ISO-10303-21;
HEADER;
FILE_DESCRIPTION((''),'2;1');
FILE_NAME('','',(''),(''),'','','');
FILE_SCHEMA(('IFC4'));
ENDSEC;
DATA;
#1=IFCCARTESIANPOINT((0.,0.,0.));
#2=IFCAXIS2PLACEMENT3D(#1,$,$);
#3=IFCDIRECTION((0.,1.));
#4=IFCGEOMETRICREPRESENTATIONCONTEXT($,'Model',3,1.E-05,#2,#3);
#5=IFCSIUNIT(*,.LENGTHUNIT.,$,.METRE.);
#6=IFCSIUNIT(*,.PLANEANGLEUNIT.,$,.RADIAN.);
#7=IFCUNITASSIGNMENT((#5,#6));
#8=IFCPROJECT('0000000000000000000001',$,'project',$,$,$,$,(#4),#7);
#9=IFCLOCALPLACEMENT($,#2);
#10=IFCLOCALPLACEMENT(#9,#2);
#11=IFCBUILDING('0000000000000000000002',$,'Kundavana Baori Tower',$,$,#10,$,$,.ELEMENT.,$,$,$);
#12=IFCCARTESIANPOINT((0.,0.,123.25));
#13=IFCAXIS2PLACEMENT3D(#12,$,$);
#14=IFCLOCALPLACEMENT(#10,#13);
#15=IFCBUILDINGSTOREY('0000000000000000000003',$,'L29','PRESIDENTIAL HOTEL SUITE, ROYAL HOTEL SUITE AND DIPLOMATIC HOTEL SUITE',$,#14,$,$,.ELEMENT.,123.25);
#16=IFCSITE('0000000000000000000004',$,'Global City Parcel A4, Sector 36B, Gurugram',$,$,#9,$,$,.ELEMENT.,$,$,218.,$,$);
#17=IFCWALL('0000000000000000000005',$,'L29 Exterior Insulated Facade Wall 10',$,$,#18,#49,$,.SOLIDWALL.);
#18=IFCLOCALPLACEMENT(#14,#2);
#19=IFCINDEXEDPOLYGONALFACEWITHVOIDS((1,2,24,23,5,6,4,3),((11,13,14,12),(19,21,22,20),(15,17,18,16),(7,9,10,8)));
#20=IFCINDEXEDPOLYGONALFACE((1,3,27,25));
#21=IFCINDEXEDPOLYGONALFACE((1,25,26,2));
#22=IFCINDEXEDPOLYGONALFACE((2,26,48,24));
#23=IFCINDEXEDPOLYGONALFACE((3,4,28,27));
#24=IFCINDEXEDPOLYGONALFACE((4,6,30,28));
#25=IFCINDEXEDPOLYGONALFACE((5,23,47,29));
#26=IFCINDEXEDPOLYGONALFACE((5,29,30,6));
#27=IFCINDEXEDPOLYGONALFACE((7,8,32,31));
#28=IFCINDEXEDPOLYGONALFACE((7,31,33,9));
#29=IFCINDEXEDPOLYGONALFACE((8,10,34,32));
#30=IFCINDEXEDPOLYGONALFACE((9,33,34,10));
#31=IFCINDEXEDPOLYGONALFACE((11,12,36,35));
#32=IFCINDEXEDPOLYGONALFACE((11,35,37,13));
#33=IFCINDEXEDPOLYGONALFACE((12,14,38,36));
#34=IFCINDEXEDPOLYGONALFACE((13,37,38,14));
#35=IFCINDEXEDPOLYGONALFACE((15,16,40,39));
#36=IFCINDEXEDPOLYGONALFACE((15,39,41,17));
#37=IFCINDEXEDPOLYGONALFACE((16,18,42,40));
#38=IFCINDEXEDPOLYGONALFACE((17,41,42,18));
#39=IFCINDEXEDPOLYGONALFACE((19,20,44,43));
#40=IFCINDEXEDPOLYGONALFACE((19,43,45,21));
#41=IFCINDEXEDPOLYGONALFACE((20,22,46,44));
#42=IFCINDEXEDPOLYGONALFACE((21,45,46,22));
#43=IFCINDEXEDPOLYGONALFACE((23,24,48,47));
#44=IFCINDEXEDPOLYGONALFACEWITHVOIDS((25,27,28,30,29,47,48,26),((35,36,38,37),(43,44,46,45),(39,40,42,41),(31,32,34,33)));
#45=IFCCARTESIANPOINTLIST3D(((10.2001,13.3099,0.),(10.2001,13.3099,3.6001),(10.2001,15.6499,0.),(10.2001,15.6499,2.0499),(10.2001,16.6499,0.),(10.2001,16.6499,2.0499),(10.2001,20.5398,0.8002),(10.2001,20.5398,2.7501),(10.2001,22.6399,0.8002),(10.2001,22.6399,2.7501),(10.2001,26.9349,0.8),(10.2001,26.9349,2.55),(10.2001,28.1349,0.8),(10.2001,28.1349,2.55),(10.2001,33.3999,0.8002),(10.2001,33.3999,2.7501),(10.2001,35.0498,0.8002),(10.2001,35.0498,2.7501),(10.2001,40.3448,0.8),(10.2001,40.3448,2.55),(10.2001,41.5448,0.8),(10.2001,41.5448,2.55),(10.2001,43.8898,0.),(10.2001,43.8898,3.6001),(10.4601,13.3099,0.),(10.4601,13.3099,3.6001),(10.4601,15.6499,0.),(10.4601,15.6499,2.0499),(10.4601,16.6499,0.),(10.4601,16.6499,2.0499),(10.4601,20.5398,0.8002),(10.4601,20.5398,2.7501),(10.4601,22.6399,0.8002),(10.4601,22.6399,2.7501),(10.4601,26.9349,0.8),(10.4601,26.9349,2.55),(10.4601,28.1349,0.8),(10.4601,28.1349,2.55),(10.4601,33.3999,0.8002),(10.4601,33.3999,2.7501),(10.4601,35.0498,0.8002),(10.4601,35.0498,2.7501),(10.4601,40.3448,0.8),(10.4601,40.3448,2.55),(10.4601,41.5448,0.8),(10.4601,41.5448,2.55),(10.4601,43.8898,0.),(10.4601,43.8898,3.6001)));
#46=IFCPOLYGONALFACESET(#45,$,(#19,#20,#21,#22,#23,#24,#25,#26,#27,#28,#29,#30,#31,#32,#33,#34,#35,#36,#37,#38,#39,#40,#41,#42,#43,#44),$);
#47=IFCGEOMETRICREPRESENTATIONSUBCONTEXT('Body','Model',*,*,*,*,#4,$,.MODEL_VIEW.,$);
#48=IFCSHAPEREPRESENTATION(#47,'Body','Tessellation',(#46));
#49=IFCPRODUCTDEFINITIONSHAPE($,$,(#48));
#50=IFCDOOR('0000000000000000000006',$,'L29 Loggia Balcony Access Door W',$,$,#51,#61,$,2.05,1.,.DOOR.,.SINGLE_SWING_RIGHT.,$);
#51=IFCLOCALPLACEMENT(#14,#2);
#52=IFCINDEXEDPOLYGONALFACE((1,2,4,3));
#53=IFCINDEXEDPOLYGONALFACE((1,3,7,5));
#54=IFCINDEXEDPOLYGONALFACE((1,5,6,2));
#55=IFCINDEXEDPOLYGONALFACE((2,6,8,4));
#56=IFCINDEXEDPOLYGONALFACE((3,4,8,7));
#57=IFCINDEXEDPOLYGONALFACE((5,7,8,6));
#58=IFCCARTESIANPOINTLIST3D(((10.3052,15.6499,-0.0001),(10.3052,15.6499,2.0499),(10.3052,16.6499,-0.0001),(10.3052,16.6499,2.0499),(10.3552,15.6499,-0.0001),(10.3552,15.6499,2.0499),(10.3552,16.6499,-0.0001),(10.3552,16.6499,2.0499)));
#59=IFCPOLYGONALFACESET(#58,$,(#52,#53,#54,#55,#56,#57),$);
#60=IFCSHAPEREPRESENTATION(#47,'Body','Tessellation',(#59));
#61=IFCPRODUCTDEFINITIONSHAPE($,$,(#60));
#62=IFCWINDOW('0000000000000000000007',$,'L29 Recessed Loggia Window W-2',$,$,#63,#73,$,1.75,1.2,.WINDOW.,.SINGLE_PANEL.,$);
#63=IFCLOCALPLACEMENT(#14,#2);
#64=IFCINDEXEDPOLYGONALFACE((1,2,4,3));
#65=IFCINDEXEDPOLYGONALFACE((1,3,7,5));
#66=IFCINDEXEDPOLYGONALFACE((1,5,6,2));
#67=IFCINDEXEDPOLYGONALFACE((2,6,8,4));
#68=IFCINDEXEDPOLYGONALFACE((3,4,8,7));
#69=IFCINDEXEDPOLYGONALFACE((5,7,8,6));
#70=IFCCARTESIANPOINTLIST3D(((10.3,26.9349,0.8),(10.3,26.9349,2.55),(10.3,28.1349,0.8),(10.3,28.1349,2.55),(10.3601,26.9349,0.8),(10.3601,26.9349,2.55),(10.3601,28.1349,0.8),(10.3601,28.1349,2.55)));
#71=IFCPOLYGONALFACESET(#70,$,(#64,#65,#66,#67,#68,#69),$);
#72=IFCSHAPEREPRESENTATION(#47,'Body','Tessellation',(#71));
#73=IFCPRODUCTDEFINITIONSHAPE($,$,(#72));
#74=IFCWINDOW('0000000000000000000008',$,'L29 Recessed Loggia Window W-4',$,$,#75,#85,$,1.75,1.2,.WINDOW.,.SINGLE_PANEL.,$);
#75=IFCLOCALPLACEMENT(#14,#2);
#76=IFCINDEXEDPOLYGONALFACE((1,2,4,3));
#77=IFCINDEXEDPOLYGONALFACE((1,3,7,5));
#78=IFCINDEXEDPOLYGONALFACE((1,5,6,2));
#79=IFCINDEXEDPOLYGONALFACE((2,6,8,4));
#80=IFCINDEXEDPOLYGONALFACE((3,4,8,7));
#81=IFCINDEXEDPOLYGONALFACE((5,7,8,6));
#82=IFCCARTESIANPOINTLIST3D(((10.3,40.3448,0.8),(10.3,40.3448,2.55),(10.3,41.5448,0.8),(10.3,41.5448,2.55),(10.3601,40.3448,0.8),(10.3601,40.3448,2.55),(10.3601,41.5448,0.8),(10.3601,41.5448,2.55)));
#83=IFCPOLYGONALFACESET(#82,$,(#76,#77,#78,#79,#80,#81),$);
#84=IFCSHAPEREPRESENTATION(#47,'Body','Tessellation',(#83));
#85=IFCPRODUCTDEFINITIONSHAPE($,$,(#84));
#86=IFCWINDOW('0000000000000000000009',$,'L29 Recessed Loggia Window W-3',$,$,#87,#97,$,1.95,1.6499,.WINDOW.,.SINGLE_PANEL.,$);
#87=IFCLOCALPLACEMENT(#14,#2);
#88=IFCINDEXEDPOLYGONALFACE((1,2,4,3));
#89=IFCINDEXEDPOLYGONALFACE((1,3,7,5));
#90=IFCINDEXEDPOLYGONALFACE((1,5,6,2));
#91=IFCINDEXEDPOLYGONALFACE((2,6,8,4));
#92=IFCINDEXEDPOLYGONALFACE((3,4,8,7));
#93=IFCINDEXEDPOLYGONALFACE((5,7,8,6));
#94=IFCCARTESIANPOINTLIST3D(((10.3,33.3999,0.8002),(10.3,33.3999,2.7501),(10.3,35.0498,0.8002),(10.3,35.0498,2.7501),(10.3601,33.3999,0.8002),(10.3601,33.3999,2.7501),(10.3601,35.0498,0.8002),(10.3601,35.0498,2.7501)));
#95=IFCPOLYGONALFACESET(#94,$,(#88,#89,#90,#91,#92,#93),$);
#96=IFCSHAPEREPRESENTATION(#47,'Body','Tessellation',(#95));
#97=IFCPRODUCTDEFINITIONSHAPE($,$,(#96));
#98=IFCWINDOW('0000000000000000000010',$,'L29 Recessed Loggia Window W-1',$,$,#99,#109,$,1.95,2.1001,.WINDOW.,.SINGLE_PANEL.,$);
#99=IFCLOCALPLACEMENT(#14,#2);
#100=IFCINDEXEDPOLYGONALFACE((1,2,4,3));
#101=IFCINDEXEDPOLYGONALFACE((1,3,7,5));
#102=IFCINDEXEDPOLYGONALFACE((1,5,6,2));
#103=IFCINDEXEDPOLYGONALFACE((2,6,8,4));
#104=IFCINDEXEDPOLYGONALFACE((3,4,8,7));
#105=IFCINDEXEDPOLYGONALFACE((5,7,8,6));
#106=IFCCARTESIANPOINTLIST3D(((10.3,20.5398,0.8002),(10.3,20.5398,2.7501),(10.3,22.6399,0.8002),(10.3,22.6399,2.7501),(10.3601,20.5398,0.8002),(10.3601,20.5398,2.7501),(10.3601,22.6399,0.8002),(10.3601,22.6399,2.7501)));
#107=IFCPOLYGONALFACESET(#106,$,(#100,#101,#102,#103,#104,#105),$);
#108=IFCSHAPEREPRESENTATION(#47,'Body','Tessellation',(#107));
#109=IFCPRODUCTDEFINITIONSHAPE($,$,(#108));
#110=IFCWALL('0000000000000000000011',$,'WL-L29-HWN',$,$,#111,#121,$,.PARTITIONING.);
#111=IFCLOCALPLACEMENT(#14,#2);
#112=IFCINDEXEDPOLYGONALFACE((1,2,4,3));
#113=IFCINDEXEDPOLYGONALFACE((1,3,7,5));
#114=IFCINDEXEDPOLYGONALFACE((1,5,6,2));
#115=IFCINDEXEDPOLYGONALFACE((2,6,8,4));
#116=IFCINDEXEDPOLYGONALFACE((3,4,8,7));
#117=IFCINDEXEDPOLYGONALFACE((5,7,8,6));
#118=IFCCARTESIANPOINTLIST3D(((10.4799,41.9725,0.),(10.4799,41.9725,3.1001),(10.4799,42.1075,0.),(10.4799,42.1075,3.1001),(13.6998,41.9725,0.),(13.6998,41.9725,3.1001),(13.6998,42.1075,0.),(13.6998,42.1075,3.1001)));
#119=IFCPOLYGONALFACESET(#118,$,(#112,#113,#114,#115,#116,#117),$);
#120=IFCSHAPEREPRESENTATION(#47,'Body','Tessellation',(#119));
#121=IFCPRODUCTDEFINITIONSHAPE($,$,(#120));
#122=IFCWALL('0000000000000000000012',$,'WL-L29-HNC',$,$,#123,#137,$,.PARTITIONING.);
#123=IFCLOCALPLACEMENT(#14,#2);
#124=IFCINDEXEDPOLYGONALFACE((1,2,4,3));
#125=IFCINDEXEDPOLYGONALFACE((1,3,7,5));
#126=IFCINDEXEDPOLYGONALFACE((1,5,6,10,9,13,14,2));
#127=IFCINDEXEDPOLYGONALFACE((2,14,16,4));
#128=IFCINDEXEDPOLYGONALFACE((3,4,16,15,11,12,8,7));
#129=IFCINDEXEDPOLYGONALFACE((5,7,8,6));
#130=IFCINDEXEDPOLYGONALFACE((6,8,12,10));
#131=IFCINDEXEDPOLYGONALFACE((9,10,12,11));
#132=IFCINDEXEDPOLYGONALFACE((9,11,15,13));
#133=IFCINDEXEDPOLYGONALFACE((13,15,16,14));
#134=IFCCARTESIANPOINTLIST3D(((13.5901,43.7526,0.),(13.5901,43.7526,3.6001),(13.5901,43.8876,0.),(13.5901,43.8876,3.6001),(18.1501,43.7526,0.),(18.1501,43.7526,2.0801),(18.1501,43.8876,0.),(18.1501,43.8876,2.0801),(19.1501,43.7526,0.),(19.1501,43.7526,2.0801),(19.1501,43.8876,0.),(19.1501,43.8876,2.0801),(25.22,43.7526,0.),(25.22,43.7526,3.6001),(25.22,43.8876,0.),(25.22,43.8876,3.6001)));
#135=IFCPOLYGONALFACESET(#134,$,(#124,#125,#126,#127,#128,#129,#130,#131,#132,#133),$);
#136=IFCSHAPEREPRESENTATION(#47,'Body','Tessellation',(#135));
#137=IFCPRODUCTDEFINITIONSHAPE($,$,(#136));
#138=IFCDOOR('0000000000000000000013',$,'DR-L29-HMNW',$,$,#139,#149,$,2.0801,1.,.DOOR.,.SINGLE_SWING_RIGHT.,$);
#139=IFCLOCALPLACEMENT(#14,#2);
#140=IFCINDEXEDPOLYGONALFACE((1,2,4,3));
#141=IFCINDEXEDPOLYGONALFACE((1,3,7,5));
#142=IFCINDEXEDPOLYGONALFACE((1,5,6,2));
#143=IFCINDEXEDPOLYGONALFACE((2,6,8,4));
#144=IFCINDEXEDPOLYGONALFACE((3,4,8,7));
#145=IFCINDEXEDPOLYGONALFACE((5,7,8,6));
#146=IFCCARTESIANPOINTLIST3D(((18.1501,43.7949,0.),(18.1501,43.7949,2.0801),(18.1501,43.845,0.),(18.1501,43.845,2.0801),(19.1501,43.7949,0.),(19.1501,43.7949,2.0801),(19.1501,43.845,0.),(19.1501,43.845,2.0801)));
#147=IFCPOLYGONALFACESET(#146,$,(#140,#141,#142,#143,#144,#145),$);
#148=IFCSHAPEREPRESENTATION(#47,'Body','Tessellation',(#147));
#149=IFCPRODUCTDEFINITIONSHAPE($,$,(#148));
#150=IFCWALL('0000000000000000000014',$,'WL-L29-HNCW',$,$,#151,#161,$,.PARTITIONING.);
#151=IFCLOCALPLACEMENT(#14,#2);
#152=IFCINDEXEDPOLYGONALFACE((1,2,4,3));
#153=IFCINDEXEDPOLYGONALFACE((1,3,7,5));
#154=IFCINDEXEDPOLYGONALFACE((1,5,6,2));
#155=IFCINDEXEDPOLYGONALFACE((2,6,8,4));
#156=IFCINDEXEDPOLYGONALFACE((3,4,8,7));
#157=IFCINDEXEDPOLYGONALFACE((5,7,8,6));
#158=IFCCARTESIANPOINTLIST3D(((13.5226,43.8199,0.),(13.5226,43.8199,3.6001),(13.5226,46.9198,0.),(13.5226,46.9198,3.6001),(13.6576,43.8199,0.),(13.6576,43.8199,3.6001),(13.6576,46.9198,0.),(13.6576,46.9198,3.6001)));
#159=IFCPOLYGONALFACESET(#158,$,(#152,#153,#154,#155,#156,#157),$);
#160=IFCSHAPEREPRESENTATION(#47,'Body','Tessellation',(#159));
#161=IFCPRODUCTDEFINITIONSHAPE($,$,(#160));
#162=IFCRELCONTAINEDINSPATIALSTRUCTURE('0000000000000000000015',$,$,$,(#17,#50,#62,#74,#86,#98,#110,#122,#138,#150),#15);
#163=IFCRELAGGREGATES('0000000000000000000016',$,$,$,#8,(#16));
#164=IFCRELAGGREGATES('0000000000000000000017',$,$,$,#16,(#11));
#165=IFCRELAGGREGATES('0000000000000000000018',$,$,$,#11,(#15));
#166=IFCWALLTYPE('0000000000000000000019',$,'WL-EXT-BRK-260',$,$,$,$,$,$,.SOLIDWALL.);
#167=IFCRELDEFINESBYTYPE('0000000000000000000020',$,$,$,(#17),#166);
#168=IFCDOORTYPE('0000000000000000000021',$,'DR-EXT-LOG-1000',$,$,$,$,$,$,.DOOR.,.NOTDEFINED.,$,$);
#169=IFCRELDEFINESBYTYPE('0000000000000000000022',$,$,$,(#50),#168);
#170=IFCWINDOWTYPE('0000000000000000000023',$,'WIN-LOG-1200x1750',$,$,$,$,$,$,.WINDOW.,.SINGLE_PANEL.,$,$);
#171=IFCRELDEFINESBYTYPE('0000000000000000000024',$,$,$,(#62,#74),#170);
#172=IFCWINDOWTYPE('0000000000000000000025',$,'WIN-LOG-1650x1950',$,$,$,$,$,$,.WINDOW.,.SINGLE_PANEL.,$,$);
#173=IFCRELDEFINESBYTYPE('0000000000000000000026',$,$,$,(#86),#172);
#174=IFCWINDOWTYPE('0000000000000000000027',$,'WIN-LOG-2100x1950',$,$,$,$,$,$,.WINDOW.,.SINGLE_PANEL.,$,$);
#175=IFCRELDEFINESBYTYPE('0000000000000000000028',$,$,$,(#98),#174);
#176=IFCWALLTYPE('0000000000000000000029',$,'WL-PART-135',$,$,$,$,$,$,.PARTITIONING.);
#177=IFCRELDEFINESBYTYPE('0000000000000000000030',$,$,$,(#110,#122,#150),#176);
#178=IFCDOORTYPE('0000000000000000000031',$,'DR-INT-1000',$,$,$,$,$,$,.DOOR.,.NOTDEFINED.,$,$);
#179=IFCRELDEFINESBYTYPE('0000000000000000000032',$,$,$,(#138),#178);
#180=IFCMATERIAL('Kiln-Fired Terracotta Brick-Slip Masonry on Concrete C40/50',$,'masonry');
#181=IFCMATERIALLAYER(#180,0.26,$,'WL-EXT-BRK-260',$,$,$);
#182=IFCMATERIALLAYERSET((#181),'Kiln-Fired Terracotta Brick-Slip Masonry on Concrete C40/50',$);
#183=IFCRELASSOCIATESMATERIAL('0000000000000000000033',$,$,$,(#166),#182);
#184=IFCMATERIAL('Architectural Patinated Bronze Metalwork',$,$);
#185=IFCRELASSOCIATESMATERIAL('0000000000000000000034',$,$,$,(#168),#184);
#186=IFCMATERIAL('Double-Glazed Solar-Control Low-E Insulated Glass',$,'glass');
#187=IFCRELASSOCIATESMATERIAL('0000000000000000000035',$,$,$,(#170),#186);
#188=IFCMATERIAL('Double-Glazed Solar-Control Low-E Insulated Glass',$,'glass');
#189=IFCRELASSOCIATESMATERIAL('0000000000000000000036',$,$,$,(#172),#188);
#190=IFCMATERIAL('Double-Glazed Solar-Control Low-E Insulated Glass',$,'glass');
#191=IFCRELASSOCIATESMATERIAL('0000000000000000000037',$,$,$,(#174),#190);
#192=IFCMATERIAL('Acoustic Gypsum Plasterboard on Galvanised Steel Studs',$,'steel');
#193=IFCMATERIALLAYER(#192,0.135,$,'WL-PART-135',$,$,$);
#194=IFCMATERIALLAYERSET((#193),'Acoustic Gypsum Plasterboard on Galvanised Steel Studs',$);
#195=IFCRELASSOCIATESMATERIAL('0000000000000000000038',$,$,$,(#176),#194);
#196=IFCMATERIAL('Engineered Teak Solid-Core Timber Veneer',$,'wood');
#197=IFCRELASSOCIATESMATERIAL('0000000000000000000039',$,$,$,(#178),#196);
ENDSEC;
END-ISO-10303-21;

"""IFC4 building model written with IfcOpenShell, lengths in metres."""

from ifc_helpers import new_model, si_unit, direction, frame, frame_2d, origin, place, context, subcontext, project, spatial, rectangle, extrude, material, layer, layer_set, type_object, element, fill, save


model = new_model("IFC4")

# Units and contexts
model_context = context("Model", 3, precision=1e-05, world=origin(), true_north=direction((0.0, 1.0)))
body_context = subcontext(model_context, "Body", "Model", "MODEL_VIEW")
ifc_project = project(units=[si_unit("LENGTHUNIT", "METRE"), si_unit("PLANEANGLEUNIT", "RADIAN")], contexts=[model_context])

# Site, building, storey
site_placement = place(None, origin())
site = spatial("IfcSite", under=ifc_project, at=site_placement, Name="Global City Parcel A4, Sector 36B, Gurugram", CompositionType="ELEMENT", RefElevation=218.0)
building_placement = place(site_placement, origin())
building = spatial("IfcBuilding", under=site, at=building_placement, Name="Kundavana Baori Tower", CompositionType="ELEMENT")
storey_placement = place(building_placement, frame((0.0, 0.0, 123.25)))
storey = spatial("IfcBuildingStorey", under=building, at=storey_placement, Name="L29", Description="PRESIDENTIAL HOTEL SUITE, ROYAL HOTEL SUITE AND DIPLOMATIC HOTEL SUITE", CompositionType="ELEMENT", Elevation=123.25)

# Shared definitions
ifc_material_1 = material(Name="Kiln-Fired Terracotta Brick-Slip Masonry on Concrete C40/50", Category="masonry")
ifc_layer_1 = layer(ifc_material_1, 0.26, Name="WL-EXT-BRK-260")
ifc_layer_set_1 = layer_set([ifc_layer_1], Name="Kiln-Fired Terracotta Brick-Slip Masonry on Concrete C40/50")
wall_type_1 = type_object("IfcWallType", Name="WL-EXT-BRK-260", PredefinedType="SOLIDWALL", material=ifc_layer_set_1)

# Wall, openings, door, windows
wall_1_placement = place(storey_placement, frame((10.3301, 43.8899, 0.0), z_axis=(0.0, 0.0, 1.0), x_axis=(0.0, -1.0, 0.0)))
wall_1 = element("IfcWall", 1, at=wall_1_placement, inside=storey, type_object=wall_type_1, Name="L29 Exterior Insulated Facade Wall 10", PredefinedType="SOLIDWALL", context=body_context, shape_type="SweptSolid", body=[
    extrude(rectangle(XDim=30.5798, YDim=0.26, at=frame_2d((15.29, 0.0))), origin(), (0.0, 0.0, 1.0), 3.6001),
])
opening_1_placement = place(wall_1_placement, frame((27.24, 0.0, 0.0)))
opening_1 = element("IfcOpeningElement", 2, at=opening_1_placement, cuts=wall_1, PredefinedType="OPENING", context=body_context, shape_type="SweptSolid", body=[
    extrude(rectangle(XDim=1.0, YDim=2.05, at=frame_2d((0.5, 1.0249))), frame((0.0, 0.1401, 0.0), z_axis=(0.0, -1.0, 0.0), x_axis=(1.0, 0.0, 0.0)), (0.0, 0.0, 1.0), 0.28),
])
opening_2_placement = place(wall_1_placement, frame((21.25, 0.0, 0.8)))
opening_2 = element("IfcOpeningElement", 3, at=opening_2_placement, cuts=wall_1, PredefinedType="OPENING", context=body_context, shape_type="SweptSolid", body=[
    extrude(rectangle(XDim=2.1001, YDim=1.95, at=frame_2d((1.05, 0.9751))), frame((0.0, 0.1401, 0.0), z_axis=(0.0, -1.0, 0.0), x_axis=(1.0, 0.0, 0.0)), (0.0, 0.0, 1.0), 0.28),
])
opening_3_placement = place(wall_1_placement, frame((15.7549, 0.0, 0.8)))
opening_3 = element("IfcOpeningElement", 4, at=opening_3_placement, cuts=wall_1, PredefinedType="OPENING", context=body_context, shape_type="SweptSolid", body=[
    extrude(rectangle(XDim=1.2, YDim=1.75, at=frame_2d((0.6001, 0.875))), frame((0.0, 0.1401, 0.0), z_axis=(0.0, -1.0, 0.0), x_axis=(1.0, 0.0, 0.0)), (0.0, 0.0, 1.0), 0.28),
])
opening_4_placement = place(wall_1_placement, frame((8.8401, 0.0, 0.8)))
opening_4 = element("IfcOpeningElement", 5, at=opening_4_placement, cuts=wall_1, PredefinedType="OPENING", context=body_context, shape_type="SweptSolid", body=[
    extrude(rectangle(XDim=1.6499, YDim=1.95, at=frame_2d((0.825, 0.9751))), frame((0.0, 0.1401, 0.0), z_axis=(0.0, -1.0, 0.0), x_axis=(1.0, 0.0, 0.0)), (0.0, 0.0, 1.0), 0.28),
])
opening_5_placement = place(wall_1_placement, frame((2.345, 0.0, 0.8)))
opening_5 = element("IfcOpeningElement", 6, at=opening_5_placement, cuts=wall_1, PredefinedType="OPENING", context=body_context, shape_type="SweptSolid", body=[
    extrude(rectangle(XDim=1.2, YDim=1.75, at=frame_2d((0.6001, 0.875))), frame((0.0, 0.1401, 0.0), z_axis=(0.0, -1.0, 0.0), x_axis=(1.0, 0.0, 0.0)), (0.0, 0.0, 1.0), 0.28),
])
ifc_material_2 = material(Name="Architectural Patinated Bronze Metalwork")
door_type_1 = type_object("IfcDoorType", Name="DR-EXT-LOG-1000", OperationType="NOTDEFINED", PredefinedType="DOOR", material=ifc_material_2)
door_1_placement = place(opening_1_placement, frame((1.0, 0.0, 0.0), z_axis=(0.0, 0.0, 1.0), x_axis=(-1.0, 0.0, 0.0)))
door_1 = element("IfcDoor", 7, at=door_1_placement, inside=storey, type_object=door_type_1, Name="L29 Loggia Balcony Access Door W", OperationType="SINGLE_SWING_RIGHT", OverallHeight=2.05, OverallWidth=1.0, PredefinedType="DOOR", context=body_context, shape_type="SweptSolid", body=[
    extrude(rectangle(XDim=1.0, YDim=2.05, at=frame_2d((0.5, 1.0249))), frame((0.0, 0.0249, 0.0), z_axis=(0.0, -1.0, 0.0), x_axis=(1.0, 0.0, 0.0)), (0.0, 0.0, 1.0), 0.05),
])
fill(opening_1, door_1)
ifc_material_3 = material(Name="Double-Glazed Solar-Control Low-E Insulated Glass", Category="glass")
window_type_1 = type_object("IfcWindowType", Name="WIN-LOG-1200x1750", PartitioningType="SINGLE_PANEL", PredefinedType="WINDOW", material=ifc_material_3)
window_1_placement = place(opening_3_placement, origin())
window_1 = element("IfcWindow", 8, at=window_1_placement, inside=storey, type_object=window_type_1, Name="L29 Recessed Loggia Window W-2", OverallHeight=1.75, OverallWidth=1.2, PartitioningType="SINGLE_PANEL", PredefinedType="WINDOW", context=body_context, shape_type="SweptSolid", body=[
    extrude(rectangle(XDim=1.2, YDim=1.75, at=frame_2d((0.6001, 0.875))), frame((0.0, 0.03, 0.0), z_axis=(0.0, -1.0, 0.0), x_axis=(1.0, 0.0, 0.0)), (0.0, 0.0, 1.0), 0.0601),
])
fill(opening_3, window_1)
window_2_placement = place(opening_5_placement, origin())
window_2 = element("IfcWindow", 9, at=window_2_placement, inside=storey, type_object=window_type_1, Name="L29 Recessed Loggia Window W-4", OverallHeight=1.75, OverallWidth=1.2, PartitioningType="SINGLE_PANEL", PredefinedType="WINDOW", context=body_context, shape_type="SweptSolid", body=[
    extrude(rectangle(XDim=1.2, YDim=1.75, at=frame_2d((0.6001, 0.875))), frame((0.0, 0.03, 0.0), z_axis=(0.0, -1.0, 0.0), x_axis=(1.0, 0.0, 0.0)), (0.0, 0.0, 1.0), 0.0601),
])
fill(opening_5, window_2)
ifc_material_4 = material(Name="Double-Glazed Solar-Control Low-E Insulated Glass", Category="glass")
window_type_2 = type_object("IfcWindowType", Name="WIN-LOG-1650x1950", PartitioningType="SINGLE_PANEL", PredefinedType="WINDOW", material=ifc_material_4)
window_3_placement = place(opening_4_placement, origin())
window_3 = element("IfcWindow", 10, at=window_3_placement, inside=storey, type_object=window_type_2, Name="L29 Recessed Loggia Window W-3", OverallHeight=1.95, OverallWidth=1.6499, PartitioningType="SINGLE_PANEL", PredefinedType="WINDOW", context=body_context, shape_type="SweptSolid", body=[
    extrude(rectangle(XDim=1.6499, YDim=1.95, at=frame_2d((0.825, 0.9751))), frame((0.0, 0.03, 0.0), z_axis=(0.0, -1.0, 0.0), x_axis=(1.0, 0.0, 0.0)), (0.0, 0.0, 1.0), 0.0601),
])
fill(opening_4, window_3)
ifc_material_5 = material(Name="Double-Glazed Solar-Control Low-E Insulated Glass", Category="glass")
window_type_3 = type_object("IfcWindowType", Name="WIN-LOG-2100x1950", PartitioningType="SINGLE_PANEL", PredefinedType="WINDOW", material=ifc_material_5)
window_4_placement = place(opening_2_placement, origin())
window_4 = element("IfcWindow", 11, at=window_4_placement, inside=storey, type_object=window_type_3, Name="L29 Recessed Loggia Window W-1", OverallHeight=1.95, OverallWidth=2.1001, PartitioningType="SINGLE_PANEL", PredefinedType="WINDOW", context=body_context, shape_type="SweptSolid", body=[
    extrude(rectangle(XDim=2.1001, YDim=1.95, at=frame_2d((1.05, 0.9751))), frame((0.0, 0.03, 0.0), z_axis=(0.0, -1.0, 0.0), x_axis=(1.0, 0.0, 0.0)), (0.0, 0.0, 1.0), 0.0601),
])
fill(opening_2, window_4)

# Wall
ifc_material_6 = material(Name="Acoustic Gypsum Plasterboard on Galvanised Steel Studs", Category="steel")
ifc_layer_2 = layer(ifc_material_6, 0.135, Name="WL-PART-135")
ifc_layer_set_2 = layer_set([ifc_layer_2], Name="Acoustic Gypsum Plasterboard on Galvanised Steel Studs")
wall_type_2 = type_object("IfcWallType", Name="WL-PART-135", PredefinedType="PARTITIONING", material=ifc_layer_set_2)
wall_2_placement = place(storey_placement, frame((10.48, 42.04, 0.0), z_axis=(0.0, 0.0, 1.0), x_axis=(1.0, 0.0, 0.0)))
element("IfcWall", 12, at=wall_2_placement, inside=storey, type_object=wall_type_2, Name="WL-L29-HWN", PredefinedType="PARTITIONING", context=body_context, shape_type="SweptSolid", body=[
    extrude(rectangle(XDim=3.22, YDim=0.135, at=frame_2d((1.6099, 0.0))), origin(), (0.0, 0.0, 1.0), 3.1001),
])

# Wall, opening, door
wall_3_placement = place(storey_placement, frame((13.5901, 43.8201, 0.0), z_axis=(0.0, 0.0, 1.0), x_axis=(1.0, 0.0, 0.0)))
wall_3 = element("IfcWall", 13, at=wall_3_placement, inside=storey, type_object=wall_type_2, Name="WL-L29-HNC", PredefinedType="PARTITIONING", context=body_context, shape_type="SweptSolid", body=[
    extrude(rectangle(XDim=11.6299, YDim=0.135, at=frame_2d((5.8149, 0.0))), origin(), (0.0, 0.0, 1.0), 3.6001),
])
opening_6_placement = place(wall_3_placement, frame((4.5601, 0.0, 0.0)))
opening_6 = element("IfcOpeningElement", 14, at=opening_6_placement, cuts=wall_3, PredefinedType="OPENING", context=body_context, shape_type="SweptSolid", body=[
    extrude(rectangle(XDim=1.0, YDim=2.0801, at=frame_2d((0.5, 1.04))), frame((0.0, 0.0776, 0.0), z_axis=(0.0, -1.0, 0.0), x_axis=(1.0, 0.0, 0.0)), (0.0, 0.0, 1.0), 0.155),
])
ifc_material_7 = material(Name="Engineered Teak Solid-Core Timber Veneer", Category="wood")
door_type_2 = type_object("IfcDoorType", Name="DR-INT-1000", OperationType="NOTDEFINED", PredefinedType="DOOR", material=ifc_material_7)
door_2_placement = place(opening_6_placement, origin())
door_2 = element("IfcDoor", 15, at=door_2_placement, inside=storey, type_object=door_type_2, Name="DR-L29-HMNW", OperationType="SINGLE_SWING_RIGHT", OverallHeight=2.0801, OverallWidth=1.0, PredefinedType="DOOR", context=body_context, shape_type="SweptSolid", body=[
    extrude(rectangle(XDim=1.0, YDim=2.0801, at=frame_2d((0.5, 1.04))), frame((0.0, 0.0249, 0.0), z_axis=(0.0, -1.0, 0.0), x_axis=(1.0, 0.0, 0.0)), (0.0, 0.0, 1.0), 0.05),
])
fill(opening_6, door_2)

# Wall
wall_4_placement = place(storey_placement, frame((13.5901, 43.8201, 0.0), z_axis=(0.0, 0.0, 1.0), x_axis=(0.0, 1.0, 0.0)))
element("IfcWall", 16, at=wall_4_placement, inside=storey, type_object=wall_type_2, Name="WL-L29-HNCW", PredefinedType="PARTITIONING", context=body_context, shape_type="SweptSolid", body=[
    extrude(rectangle(XDim=3.0999, YDim=0.135, at=frame_2d((1.5498, 0.0))), origin(), (0.0, 0.0, 1.0), 3.6001),
])

save(model, "model.ifc")
